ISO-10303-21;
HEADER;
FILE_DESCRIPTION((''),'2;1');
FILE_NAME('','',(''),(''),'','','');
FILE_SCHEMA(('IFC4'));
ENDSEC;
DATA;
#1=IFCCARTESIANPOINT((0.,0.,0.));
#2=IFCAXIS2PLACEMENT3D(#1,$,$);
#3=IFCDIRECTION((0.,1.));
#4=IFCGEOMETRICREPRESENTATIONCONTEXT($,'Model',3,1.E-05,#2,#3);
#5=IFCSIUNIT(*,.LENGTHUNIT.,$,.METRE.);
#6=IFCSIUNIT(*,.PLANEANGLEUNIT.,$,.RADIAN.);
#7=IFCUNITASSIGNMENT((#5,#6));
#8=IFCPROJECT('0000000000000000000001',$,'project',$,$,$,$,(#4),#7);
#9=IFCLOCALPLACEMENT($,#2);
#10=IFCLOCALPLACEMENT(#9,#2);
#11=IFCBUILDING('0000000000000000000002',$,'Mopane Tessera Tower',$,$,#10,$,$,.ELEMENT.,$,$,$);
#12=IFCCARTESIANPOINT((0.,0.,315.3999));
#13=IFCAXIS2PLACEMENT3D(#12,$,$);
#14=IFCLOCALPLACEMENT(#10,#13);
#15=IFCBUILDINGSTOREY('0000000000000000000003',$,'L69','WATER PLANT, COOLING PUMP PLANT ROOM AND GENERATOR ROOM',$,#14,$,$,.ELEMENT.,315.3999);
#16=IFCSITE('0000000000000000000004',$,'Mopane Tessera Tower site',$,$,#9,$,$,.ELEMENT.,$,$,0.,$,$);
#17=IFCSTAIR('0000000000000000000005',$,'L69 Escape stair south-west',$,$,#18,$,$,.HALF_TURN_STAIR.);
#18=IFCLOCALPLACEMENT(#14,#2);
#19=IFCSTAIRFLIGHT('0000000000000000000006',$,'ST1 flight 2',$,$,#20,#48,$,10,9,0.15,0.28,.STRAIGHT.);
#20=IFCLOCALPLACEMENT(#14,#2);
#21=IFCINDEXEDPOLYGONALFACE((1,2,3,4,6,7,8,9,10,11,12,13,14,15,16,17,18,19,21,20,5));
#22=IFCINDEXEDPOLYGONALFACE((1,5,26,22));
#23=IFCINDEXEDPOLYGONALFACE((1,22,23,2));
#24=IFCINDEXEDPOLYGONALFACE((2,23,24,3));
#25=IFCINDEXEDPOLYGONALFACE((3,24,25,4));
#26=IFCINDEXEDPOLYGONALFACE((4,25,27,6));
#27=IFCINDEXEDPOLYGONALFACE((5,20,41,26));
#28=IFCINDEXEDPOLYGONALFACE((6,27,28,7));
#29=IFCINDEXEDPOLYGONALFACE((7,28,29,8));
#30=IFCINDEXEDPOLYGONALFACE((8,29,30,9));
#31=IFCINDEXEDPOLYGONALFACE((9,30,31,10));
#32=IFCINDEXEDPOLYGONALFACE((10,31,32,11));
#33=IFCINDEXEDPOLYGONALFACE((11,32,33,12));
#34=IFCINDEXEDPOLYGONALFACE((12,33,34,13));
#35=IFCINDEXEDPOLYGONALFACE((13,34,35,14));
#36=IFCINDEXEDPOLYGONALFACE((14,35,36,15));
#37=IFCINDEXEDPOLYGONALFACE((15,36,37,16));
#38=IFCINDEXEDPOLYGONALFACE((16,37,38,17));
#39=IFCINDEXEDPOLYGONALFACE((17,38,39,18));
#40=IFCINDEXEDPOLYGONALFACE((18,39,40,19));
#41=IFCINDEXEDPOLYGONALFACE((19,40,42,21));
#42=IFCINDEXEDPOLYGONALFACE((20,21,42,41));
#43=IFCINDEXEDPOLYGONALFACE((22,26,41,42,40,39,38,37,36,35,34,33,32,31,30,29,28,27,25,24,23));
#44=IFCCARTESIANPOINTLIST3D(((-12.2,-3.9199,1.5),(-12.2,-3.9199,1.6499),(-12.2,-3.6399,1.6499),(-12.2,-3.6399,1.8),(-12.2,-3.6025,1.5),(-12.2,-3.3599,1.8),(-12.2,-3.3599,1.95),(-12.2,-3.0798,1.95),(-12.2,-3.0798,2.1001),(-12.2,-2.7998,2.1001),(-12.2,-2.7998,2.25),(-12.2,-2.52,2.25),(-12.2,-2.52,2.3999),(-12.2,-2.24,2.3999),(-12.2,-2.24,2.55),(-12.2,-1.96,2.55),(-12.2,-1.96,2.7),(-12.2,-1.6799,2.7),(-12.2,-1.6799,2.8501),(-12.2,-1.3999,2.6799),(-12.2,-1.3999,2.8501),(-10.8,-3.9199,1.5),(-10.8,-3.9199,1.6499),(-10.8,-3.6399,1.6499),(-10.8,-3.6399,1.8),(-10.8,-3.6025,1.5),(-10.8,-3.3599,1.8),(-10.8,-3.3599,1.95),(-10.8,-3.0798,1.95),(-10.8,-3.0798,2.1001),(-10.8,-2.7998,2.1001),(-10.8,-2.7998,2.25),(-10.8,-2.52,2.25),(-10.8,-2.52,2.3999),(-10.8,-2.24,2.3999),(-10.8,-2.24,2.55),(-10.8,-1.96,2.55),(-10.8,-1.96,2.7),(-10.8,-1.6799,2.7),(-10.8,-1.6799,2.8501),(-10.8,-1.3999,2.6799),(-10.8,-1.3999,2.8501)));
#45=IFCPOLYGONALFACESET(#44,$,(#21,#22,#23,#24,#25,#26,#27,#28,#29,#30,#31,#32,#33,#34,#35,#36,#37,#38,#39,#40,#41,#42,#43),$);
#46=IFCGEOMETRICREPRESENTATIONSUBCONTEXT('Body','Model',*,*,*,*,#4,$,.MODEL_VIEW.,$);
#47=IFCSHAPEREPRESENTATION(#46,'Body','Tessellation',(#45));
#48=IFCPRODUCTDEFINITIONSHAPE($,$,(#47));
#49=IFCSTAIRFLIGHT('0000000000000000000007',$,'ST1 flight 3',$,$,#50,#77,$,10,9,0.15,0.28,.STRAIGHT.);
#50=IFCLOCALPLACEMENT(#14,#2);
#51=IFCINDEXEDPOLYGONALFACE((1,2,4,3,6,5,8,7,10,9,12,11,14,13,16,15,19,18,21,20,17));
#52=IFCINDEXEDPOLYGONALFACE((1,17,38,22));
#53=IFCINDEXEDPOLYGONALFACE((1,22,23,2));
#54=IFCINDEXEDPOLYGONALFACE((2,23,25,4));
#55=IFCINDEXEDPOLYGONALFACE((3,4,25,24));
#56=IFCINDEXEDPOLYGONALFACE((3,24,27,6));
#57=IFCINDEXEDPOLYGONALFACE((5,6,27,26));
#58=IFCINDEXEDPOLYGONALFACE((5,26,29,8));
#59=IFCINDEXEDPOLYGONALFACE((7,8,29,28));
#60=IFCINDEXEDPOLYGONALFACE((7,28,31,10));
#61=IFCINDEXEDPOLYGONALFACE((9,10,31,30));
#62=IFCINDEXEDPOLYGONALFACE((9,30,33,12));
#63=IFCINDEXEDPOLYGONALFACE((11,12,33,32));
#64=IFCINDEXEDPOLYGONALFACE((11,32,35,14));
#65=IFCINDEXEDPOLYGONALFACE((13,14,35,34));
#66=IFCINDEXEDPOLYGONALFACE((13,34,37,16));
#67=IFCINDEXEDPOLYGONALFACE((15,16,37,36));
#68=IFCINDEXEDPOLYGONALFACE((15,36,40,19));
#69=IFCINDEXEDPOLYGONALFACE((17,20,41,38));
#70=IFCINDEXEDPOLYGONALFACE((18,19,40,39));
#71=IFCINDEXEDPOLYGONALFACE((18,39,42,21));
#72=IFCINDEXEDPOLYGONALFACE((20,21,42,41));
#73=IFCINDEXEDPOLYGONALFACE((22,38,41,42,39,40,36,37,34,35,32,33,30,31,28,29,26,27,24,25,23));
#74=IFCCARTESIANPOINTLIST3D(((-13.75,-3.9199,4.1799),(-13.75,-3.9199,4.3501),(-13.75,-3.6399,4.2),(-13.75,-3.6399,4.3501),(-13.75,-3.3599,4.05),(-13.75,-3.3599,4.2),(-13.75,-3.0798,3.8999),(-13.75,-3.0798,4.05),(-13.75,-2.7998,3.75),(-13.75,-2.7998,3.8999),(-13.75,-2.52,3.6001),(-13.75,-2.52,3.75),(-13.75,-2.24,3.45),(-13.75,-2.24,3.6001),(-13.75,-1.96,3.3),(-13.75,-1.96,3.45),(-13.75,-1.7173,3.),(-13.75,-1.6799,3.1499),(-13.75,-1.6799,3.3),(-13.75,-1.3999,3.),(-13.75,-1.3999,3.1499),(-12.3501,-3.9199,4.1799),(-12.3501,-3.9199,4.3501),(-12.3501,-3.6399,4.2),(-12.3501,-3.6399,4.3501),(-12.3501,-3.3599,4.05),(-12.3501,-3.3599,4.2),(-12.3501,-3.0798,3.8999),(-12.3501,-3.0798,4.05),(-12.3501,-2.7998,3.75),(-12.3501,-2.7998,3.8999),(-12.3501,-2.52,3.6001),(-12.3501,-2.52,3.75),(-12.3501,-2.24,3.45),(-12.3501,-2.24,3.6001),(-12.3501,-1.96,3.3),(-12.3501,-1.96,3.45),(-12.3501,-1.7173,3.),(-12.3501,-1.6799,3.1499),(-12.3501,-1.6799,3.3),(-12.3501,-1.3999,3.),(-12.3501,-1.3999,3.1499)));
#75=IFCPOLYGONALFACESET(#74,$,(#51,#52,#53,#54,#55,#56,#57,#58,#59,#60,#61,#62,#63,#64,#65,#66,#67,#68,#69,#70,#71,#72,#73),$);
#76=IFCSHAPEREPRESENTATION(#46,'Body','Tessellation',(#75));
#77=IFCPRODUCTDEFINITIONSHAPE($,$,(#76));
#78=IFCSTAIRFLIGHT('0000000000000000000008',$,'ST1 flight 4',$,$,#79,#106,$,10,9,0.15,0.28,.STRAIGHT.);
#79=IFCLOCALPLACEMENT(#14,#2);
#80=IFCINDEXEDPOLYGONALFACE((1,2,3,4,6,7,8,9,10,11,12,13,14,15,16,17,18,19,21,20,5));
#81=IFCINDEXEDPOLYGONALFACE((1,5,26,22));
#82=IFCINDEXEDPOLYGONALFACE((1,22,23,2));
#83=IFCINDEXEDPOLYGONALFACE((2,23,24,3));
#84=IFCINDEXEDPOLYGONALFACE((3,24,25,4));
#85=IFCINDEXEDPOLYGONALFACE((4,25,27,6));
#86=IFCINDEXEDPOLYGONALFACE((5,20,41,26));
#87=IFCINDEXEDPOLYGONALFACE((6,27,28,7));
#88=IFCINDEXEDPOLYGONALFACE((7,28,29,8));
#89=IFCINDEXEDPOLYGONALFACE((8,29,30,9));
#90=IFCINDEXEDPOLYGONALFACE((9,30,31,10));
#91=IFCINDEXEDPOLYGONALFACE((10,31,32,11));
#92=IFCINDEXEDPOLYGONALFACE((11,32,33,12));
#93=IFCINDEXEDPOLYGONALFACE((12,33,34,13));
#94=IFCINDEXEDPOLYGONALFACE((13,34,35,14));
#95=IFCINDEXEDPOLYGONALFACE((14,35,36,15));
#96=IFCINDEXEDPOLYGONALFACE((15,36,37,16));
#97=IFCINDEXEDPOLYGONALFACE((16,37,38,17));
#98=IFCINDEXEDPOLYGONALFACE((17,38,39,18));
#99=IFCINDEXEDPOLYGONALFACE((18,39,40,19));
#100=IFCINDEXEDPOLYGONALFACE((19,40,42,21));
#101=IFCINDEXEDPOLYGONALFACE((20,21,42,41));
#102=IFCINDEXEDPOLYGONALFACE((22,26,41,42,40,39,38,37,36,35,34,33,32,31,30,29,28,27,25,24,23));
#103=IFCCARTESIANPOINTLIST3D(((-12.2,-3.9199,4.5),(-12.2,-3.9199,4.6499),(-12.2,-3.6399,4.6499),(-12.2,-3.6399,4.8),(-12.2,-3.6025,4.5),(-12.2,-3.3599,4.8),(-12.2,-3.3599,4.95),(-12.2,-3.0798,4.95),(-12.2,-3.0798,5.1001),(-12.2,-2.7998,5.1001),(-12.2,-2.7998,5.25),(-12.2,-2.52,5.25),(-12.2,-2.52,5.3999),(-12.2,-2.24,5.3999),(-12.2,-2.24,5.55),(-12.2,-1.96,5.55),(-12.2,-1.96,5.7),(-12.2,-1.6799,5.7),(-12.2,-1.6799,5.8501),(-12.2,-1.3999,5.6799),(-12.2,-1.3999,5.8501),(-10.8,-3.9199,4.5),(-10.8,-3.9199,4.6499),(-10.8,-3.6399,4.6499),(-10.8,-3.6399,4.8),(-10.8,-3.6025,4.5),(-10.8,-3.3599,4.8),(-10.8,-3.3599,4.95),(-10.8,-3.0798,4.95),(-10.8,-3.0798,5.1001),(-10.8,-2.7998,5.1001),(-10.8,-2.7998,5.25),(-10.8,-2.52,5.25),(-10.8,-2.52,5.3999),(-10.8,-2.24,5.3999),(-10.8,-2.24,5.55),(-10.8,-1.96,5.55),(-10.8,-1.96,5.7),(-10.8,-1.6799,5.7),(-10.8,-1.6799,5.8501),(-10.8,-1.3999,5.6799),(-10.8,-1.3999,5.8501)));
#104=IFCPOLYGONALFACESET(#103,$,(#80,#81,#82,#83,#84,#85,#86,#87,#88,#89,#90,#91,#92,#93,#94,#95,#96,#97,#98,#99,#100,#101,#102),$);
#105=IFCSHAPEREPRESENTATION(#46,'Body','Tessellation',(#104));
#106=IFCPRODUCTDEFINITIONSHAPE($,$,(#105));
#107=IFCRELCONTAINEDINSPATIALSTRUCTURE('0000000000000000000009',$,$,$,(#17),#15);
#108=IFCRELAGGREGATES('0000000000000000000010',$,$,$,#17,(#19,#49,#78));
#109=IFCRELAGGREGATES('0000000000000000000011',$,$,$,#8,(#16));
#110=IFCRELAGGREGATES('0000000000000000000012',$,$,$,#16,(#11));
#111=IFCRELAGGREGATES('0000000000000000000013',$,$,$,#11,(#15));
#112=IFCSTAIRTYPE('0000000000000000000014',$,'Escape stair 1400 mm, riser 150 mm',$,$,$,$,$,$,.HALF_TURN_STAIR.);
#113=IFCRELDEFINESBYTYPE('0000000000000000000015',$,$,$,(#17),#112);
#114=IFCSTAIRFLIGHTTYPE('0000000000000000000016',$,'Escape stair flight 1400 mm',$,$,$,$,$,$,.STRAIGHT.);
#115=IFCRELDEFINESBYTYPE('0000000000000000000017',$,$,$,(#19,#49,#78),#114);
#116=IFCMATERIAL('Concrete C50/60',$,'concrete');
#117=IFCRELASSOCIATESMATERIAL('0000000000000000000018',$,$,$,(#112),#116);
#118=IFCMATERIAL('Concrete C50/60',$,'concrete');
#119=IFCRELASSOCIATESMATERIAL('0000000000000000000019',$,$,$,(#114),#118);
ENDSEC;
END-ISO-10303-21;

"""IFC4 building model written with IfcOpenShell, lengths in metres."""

from ifc_helpers import new_model, si_unit, direction, frame, origin, place, context, subcontext, project, spatial, polyline, outline, extrude, material, type_object, element, aggregate, save


model = new_model("IFC4")

# Units and contexts
model_context = context("Model", 3, precision=1e-05, world=origin(), true_north=direction((0.0, 1.0)))
body_context = subcontext(model_context, "Body", "Model", "MODEL_VIEW")
ifc_project = project(units=[si_unit("LENGTHUNIT", "METRE"), si_unit("PLANEANGLEUNIT", "RADIAN")], contexts=[model_context])

# Site, building, storey
site_placement = place(None, origin())
site = spatial("IfcSite", under=ifc_project, at=site_placement, Name="Mopane Tessera Tower site", CompositionType="ELEMENT", RefElevation=0.0)
building_placement = place(site_placement, origin())
building = spatial("IfcBuilding", under=site, at=building_placement, Name="Mopane Tessera Tower", CompositionType="ELEMENT")
storey_placement = place(building_placement, frame((0.0, 0.0, 315.3999)))
storey = spatial("IfcBuildingStorey", under=building, at=storey_placement, Name="L69", Description="WATER PLANT, COOLING PUMP PLANT ROOM AND GENERATOR ROOM", CompositionType="ELEMENT", Elevation=315.3999)

# Stair, stair flights
ifc_material_1 = material(Name="Concrete C50/60", Category="concrete")
stair_type = type_object("IfcStairType", Name="Escape stair 1400 mm, riser 150 mm", PredefinedType="HALF_TURN_STAIR", material=ifc_material_1)
stair_placement = place(storey_placement, origin())
stair = element("IfcStair", 1, at=stair_placement, inside=storey, type_object=stair_type, Name="L69 Escape stair south-west", PredefinedType="HALF_TURN_STAIR")
ifc_material_2 = material(Name="Concrete C50/60", Category="concrete")
stair_flight_type = type_object("IfcStairFlightType", Name="Escape stair flight 1400 mm", PredefinedType="STRAIGHT", material=ifc_material_2)
stair_flight_1_placement = place(storey_placement, frame((-11.5, -3.9199, 1.5), z_axis=(0.0, 0.0, 1.0), x_axis=(0.0, 1.0, 0.0)))
stair_flight_1 = element("IfcStairFlight", 2, at=stair_flight_1_placement, type_object=stair_flight_type, Name="ST1 flight 2", NumberOfRisers=10, NumberOfTreads=9, PredefinedType="STRAIGHT", RiserHeight=0.15, TreadLength=0.28, context=body_context, shape_type="SweptSolid", body=[
    extrude(outline(polyline([(0.0, 0.0), (0.0, 0.1499), (0.28, 0.1499), (0.28, 0.3), (0.5601, 0.3), (0.5601, 0.45), (0.8401, 0.45), (0.8401, 0.6001), (1.1201, 0.6001), (1.1201, 0.75), (1.3999, 0.75), (1.3999, 0.8999), (1.6799, 0.8999), (1.6799, 1.05), (1.96, 1.05), (1.96, 1.2), (2.24, 1.2), (2.24, 1.3501), (2.52, 1.3501), (2.52, 1.5), (2.52, 1.1799), (0.3174, 0.0), (0.0, 0.0)])), frame((0.0, 0.7, 0.0), z_axis=(0.0, -1.0, 0.0), x_axis=(1.0, 0.0, 0.0)), (0.0, 0.0, 1.0), 1.3999),
])
stair_flight_2_placement = place(storey_placement, frame((-13.05, -1.3999, 3.0), z_axis=(0.0, 0.0, 1.0), x_axis=(0.0, -1.0, 0.0)))
stair_flight_2 = element("IfcStairFlight", 3, at=stair_flight_2_placement, type_object=stair_flight_type, Name="ST1 flight 3", NumberOfRisers=10, NumberOfTreads=9, PredefinedType="STRAIGHT", RiserHeight=0.15, TreadLength=0.28, context=body_context, shape_type="SweptSolid", body=[
    extrude(outline(polyline([(0.0, 0.0), (0.0, 0.1499), (0.28, 0.1499), (0.28, 0.3), (0.5601, 0.3), (0.5601, 0.45), (0.8401, 0.45), (0.8401, 0.6001), (1.1201, 0.6001), (1.1201, 0.75), (1.3999, 0.75), (1.3999, 0.8999), (1.6799, 0.8999), (1.6799, 1.05), (1.96, 1.05), (1.96, 1.2), (2.24, 1.2), (2.24, 1.3501), (2.52, 1.3501), (2.52, 1.5), (2.52, 1.1799), (0.3174, 0.0), (0.0, 0.0)])), frame((0.0, 0.7, 0.0), z_axis=(0.0, -1.0, 0.0), x_axis=(1.0, 0.0, 0.0)), (0.0, 0.0, 1.0), 1.3999),
])
stair_flight_3_placement = place(storey_placement, frame((-11.5, -3.9199, 4.5), z_axis=(0.0, 0.0, 1.0), x_axis=(0.0, 1.0, 0.0)))
stair_flight_3 = element("IfcStairFlight", 4, at=stair_flight_3_placement, type_object=stair_flight_type, Name="ST1 flight 4", NumberOfRisers=10, NumberOfTreads=9, PredefinedType="STRAIGHT", RiserHeight=0.15, TreadLength=0.28, context=body_context, shape_type="SweptSolid", body=[
    extrude(outline(polyline([(0.0, 0.0), (0.0, 0.1499), (0.28, 0.1499), (0.28, 0.3), (0.5601, 0.3), (0.5601, 0.45), (0.8401, 0.45), (0.8401, 0.6001), (1.1201, 0.6001), (1.1201, 0.75), (1.3999, 0.75), (1.3999, 0.8999), (1.6799, 0.8999), (1.6799, 1.05), (1.96, 1.05), (1.96, 1.2), (2.24, 1.2), (2.24, 1.3501), (2.52, 1.3501), (2.52, 1.5), (2.52, 1.1799), (0.3174, 0.0), (0.0, 0.0)])), frame((0.0, 0.7, 0.0), z_axis=(0.0, -1.0, 0.0), x_axis=(1.0, 0.0, 0.0)), (0.0, 0.0, 1.0), 1.3999),
])
aggregate(stair, [stair_flight_1, stair_flight_2, stair_flight_3])

save(model, "model.ifc")
